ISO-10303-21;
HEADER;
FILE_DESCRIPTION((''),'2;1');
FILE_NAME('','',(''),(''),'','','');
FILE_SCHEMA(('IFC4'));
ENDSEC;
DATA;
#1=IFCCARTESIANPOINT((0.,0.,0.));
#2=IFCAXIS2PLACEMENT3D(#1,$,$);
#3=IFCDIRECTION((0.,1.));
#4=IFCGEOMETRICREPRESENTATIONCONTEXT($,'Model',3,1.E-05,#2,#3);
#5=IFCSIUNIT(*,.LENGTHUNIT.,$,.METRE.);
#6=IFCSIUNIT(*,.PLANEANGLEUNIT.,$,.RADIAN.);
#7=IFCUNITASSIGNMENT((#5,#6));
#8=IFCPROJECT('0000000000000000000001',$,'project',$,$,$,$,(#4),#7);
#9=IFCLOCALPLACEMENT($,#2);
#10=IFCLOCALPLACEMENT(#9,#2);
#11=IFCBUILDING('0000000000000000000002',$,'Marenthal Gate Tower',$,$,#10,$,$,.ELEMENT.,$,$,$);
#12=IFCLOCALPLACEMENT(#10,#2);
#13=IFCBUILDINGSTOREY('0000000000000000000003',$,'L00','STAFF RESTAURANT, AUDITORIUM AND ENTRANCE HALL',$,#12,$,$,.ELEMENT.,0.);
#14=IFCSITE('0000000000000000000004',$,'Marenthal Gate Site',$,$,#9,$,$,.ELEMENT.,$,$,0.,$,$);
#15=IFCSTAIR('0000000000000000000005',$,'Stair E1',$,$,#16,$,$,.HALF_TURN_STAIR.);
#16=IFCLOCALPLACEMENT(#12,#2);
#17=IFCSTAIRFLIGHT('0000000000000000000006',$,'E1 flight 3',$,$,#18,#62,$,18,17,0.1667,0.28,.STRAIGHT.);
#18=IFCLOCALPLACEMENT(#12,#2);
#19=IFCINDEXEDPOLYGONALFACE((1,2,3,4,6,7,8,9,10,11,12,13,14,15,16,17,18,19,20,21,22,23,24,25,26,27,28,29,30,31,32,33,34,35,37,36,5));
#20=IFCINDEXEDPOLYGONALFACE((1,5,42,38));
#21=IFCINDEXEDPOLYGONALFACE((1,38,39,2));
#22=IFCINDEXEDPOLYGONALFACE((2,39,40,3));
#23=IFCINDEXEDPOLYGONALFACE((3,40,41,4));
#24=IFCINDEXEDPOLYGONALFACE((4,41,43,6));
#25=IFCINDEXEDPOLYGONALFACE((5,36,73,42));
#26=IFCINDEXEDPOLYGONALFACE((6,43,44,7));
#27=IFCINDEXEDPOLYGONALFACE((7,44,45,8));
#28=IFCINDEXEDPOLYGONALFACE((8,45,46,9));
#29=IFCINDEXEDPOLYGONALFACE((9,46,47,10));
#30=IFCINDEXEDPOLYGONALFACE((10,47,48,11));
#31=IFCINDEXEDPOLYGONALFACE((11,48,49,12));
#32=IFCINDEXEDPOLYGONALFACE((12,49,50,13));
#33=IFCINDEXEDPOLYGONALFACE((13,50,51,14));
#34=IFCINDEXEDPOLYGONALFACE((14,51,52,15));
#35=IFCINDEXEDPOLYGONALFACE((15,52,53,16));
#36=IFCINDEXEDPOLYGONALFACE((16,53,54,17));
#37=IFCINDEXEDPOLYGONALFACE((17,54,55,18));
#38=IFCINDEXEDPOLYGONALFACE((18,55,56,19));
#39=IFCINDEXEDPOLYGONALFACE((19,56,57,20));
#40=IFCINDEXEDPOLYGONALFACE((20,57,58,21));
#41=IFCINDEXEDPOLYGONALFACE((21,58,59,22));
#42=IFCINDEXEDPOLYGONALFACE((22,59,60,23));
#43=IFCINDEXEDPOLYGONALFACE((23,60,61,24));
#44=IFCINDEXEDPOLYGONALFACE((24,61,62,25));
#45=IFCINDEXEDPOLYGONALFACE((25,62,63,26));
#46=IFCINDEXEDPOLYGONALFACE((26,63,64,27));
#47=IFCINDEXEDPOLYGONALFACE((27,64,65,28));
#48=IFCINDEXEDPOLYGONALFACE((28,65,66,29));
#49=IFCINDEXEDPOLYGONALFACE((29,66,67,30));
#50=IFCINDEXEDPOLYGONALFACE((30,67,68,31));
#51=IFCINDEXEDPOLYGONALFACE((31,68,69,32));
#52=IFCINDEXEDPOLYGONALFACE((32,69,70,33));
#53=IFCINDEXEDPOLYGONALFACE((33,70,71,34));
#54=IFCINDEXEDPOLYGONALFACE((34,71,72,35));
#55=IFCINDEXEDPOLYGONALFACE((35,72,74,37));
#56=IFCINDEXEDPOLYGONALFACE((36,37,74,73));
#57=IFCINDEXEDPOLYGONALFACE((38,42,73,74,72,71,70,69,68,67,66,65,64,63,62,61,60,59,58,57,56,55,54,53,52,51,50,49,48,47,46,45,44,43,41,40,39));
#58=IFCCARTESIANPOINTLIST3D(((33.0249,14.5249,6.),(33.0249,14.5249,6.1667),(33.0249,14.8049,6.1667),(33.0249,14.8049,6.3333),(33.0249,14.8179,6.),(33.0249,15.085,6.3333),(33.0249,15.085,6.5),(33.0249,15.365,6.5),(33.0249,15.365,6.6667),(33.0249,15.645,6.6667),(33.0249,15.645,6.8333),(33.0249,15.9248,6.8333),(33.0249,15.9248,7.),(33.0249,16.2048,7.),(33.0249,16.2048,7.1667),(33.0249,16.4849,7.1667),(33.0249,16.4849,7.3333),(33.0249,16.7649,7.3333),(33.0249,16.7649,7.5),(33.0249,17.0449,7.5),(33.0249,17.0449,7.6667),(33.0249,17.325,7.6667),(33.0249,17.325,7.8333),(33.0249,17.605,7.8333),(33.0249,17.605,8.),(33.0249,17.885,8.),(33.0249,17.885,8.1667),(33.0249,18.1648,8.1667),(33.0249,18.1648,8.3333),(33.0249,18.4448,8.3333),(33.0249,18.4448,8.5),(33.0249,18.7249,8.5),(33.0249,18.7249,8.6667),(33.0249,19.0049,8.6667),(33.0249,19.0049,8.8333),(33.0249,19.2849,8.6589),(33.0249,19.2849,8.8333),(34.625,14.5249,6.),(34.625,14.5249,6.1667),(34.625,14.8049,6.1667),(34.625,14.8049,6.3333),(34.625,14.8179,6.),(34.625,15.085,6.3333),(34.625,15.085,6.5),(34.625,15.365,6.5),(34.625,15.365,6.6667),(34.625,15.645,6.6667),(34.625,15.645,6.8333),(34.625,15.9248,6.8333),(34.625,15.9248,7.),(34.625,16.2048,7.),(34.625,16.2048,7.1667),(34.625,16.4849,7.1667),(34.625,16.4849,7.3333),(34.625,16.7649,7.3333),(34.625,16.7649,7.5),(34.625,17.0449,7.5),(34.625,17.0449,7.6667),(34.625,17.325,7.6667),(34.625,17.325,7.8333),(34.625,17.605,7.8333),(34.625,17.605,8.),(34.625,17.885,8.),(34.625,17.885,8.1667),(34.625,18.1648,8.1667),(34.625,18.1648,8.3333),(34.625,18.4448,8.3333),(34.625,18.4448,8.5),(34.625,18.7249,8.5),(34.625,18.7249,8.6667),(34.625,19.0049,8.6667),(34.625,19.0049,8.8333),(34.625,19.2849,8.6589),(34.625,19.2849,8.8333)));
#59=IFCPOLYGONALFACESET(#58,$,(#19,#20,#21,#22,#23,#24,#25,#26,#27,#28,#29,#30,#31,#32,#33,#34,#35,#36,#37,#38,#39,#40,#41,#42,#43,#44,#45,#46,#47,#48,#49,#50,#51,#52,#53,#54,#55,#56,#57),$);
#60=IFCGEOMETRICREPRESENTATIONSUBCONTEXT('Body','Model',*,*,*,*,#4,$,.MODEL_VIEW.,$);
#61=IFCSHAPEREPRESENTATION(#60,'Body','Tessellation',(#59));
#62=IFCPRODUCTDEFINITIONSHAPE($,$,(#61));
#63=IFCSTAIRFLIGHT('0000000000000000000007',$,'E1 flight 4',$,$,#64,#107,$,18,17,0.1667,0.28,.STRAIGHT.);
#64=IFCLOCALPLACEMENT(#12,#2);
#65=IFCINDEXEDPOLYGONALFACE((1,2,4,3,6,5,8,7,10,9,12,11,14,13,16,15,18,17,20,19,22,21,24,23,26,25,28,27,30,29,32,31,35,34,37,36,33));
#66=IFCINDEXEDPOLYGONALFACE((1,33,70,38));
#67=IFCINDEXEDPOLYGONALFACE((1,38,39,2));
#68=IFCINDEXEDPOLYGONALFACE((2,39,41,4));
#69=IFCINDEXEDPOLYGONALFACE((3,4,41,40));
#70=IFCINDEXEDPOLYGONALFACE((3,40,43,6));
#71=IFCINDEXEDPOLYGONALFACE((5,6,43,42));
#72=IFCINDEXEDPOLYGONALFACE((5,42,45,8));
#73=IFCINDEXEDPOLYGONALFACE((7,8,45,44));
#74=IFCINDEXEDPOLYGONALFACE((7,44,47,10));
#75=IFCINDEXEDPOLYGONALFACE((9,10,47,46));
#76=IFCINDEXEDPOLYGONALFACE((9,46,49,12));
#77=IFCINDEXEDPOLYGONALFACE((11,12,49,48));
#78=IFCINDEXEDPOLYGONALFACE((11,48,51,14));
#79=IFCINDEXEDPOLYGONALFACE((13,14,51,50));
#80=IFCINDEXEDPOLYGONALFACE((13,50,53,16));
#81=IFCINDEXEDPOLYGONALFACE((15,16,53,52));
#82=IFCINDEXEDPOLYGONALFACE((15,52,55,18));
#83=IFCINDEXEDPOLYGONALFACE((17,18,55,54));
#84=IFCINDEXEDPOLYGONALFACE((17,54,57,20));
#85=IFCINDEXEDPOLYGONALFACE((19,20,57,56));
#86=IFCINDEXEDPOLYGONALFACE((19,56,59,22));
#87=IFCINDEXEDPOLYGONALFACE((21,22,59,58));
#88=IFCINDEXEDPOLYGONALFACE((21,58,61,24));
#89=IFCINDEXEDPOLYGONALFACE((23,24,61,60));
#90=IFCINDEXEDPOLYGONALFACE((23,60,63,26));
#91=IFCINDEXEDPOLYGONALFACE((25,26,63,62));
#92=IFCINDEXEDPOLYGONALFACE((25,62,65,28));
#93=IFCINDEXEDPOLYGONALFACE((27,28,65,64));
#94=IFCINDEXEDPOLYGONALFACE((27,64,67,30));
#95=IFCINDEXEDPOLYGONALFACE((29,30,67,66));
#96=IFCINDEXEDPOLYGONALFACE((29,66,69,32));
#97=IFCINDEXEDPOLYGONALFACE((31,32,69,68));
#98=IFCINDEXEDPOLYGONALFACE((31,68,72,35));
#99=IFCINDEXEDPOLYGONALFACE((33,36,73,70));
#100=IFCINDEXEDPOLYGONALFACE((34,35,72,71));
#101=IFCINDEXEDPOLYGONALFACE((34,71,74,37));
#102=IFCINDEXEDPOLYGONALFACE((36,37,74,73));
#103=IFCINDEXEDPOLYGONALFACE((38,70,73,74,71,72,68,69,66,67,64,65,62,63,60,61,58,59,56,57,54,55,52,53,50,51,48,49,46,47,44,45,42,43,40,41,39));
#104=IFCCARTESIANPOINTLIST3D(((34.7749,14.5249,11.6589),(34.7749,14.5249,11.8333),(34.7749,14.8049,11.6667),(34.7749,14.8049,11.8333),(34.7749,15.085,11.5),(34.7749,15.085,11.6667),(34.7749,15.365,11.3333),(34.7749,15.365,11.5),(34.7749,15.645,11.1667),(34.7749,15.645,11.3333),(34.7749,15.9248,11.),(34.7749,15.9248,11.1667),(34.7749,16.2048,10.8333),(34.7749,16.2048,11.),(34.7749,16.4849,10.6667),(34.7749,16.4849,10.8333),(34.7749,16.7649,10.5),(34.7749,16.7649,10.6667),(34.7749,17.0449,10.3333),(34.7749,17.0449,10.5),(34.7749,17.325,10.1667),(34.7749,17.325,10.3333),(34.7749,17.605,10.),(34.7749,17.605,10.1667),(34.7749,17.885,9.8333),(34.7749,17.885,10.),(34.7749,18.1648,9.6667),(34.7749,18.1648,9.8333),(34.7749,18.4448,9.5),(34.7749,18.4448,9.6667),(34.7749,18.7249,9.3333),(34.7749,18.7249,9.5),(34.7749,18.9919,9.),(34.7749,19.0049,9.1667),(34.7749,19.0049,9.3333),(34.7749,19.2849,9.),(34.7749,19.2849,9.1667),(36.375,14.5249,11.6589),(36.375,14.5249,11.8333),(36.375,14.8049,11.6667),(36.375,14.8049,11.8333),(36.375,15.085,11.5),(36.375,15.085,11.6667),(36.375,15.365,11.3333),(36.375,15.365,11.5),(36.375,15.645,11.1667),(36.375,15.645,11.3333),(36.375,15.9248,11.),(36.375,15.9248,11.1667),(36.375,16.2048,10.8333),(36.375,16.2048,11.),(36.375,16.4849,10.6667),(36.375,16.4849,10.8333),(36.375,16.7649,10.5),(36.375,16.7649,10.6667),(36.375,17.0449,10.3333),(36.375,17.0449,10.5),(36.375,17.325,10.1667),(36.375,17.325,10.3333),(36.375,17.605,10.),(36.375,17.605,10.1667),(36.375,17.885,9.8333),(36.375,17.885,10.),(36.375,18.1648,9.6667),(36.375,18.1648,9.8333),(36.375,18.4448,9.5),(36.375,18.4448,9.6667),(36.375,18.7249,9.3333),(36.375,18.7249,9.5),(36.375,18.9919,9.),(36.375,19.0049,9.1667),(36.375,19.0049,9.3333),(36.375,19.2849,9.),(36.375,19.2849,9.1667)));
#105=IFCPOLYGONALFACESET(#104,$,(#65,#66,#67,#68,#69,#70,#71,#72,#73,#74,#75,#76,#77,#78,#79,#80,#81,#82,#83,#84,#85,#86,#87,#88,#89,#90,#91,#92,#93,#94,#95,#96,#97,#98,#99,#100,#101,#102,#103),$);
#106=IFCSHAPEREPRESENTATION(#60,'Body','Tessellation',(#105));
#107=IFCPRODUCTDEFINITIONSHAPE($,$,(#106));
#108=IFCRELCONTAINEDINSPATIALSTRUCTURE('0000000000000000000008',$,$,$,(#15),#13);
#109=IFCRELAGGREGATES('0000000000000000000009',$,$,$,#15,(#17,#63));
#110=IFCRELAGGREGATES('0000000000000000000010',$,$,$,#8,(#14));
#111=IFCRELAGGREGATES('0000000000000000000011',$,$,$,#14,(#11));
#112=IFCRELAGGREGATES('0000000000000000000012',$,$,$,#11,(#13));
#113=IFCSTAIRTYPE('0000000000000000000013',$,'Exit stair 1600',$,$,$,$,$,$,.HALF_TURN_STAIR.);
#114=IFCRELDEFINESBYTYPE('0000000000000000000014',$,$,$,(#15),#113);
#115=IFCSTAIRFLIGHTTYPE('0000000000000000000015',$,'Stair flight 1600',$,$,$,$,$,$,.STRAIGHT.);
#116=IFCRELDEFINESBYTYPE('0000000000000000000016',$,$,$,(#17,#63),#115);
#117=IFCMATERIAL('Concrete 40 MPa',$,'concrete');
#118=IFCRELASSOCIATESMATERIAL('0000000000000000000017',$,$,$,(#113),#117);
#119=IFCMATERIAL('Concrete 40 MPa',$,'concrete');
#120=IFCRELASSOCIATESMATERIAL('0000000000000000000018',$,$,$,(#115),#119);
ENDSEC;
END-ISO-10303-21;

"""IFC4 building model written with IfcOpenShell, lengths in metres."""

from ifc_helpers import new_model, si_unit, direction, frame, origin, place, context, subcontext, project, spatial, polyline, outline, extrude, material, type_object, element, aggregate, save


model = new_model("IFC4")

# Units and contexts
model_context = context("Model", 3, precision=1e-05, world=origin(), true_north=direction((0.0, 1.0)))
body_context = subcontext(model_context, "Body", "Model", "MODEL_VIEW")
ifc_project = project(units=[si_unit("LENGTHUNIT", "METRE"), si_unit("PLANEANGLEUNIT", "RADIAN")], contexts=[model_context])

# Site, building, storey
site_placement = place(None, origin())
site = spatial("IfcSite", under=ifc_project, at=site_placement, Name="Marenthal Gate Site", CompositionType="ELEMENT", RefElevation=0.0)
building_placement = place(site_placement, origin())
building = spatial("IfcBuilding", under=site, at=building_placement, Name="Marenthal Gate Tower", CompositionType="ELEMENT")
storey_placement = place(building_placement, origin())
storey = spatial("IfcBuildingStorey", under=building, at=storey_placement, Name="L00", Description="STAFF RESTAURANT, AUDITORIUM AND ENTRANCE HALL", CompositionType="ELEMENT", Elevation=0.0)

# Stair, stair flights
ifc_material_1 = material(Name="Concrete 40 MPa", Category="concrete")
stair_type = type_object("IfcStairType", Name="Exit stair 1600", PredefinedType="HALF_TURN_STAIR", material=ifc_material_1)
stair_placement = place(storey_placement, origin())
stair = element("IfcStair", 1, at=stair_placement, inside=storey, type_object=stair_type, Name="Stair E1", PredefinedType="HALF_TURN_STAIR")
ifc_material_2 = material(Name="Concrete 40 MPa", Category="concrete")
stair_flight_type = type_object("IfcStairFlightType", Name="Stair flight 1600", PredefinedType="STRAIGHT", material=ifc_material_2)
stair_flight_1_placement = place(storey_placement, frame((33.825, 14.5249, 6.0), z_axis=(0.0, 0.0, 1.0), x_axis=(0.0, 1.0, 0.0)))
stair_flight_1 = element("IfcStairFlight", 2, at=stair_flight_1_placement, type_object=stair_flight_type, Name="E1 flight 3", NumberOfRisers=18, NumberOfTreads=17, PredefinedType="STRAIGHT", RiserHeight=0.1667, TreadLength=0.28, context=body_context, shape_type="SweptSolid", body=[
    extrude(outline(polyline([(0.0, 0.0), (0.0, 0.1667), (0.28, 0.1667), (0.28, 0.3333), (0.5601, 0.3333), (0.5601, 0.5), (0.8401, 0.5), (0.8401, 0.6667), (1.1201, 0.6667), (1.1201, 0.8333), (1.3999, 0.8333), (1.3999, 1.0), (1.6799, 1.0), (1.6799, 1.1667), (1.96, 1.1667), (1.96, 1.3333), (2.24, 1.3333), (2.24, 1.5), (2.52, 1.5), (2.52, 1.6667), (2.8, 1.6667), (2.8, 1.8333), (3.0801, 1.8333), (3.0801, 2.0), (3.3601, 2.0), (3.3601, 2.1667), (3.6399, 2.1667), (3.6399, 2.3333), (3.9199, 2.3333), (3.9199, 2.5), (4.2, 2.5), (4.2, 2.6667), (4.48, 2.6667), (4.48, 2.8333), (4.76, 2.8333), (4.76, 3.0), (4.76, 2.6589), (0.293, 0.0), (0.0, 0.0)])), frame((0.0, 0.8, 0.0), z_axis=(0.0, -1.0, 0.0), x_axis=(1.0, 0.0, 0.0)), (0.0, 0.0, 1.0), 1.6001),
])
stair_flight_2_placement = place(storey_placement, frame((35.575, 19.2849, 9.0), z_axis=(0.0, 0.0, 1.0), x_axis=(0.0, -1.0, 0.0)))
stair_flight_2 = element("IfcStairFlight", 3, at=stair_flight_2_placement, type_object=stair_flight_type, Name="E1 flight 4", NumberOfRisers=18, NumberOfTreads=17, PredefinedType="STRAIGHT", RiserHeight=0.1667, TreadLength=0.28, context=body_context, shape_type="SweptSolid", body=[
    extrude(outline(polyline([(0.0, 0.0), (0.0, 0.1667), (0.28, 0.1667), (0.28, 0.3333), (0.5601, 0.3333), (0.5601, 0.5), (0.8401, 0.5), (0.8401, 0.6667), (1.1201, 0.6667), (1.1201, 0.8333), (1.3999, 0.8333), (1.3999, 1.0), (1.6799, 1.0), (1.6799, 1.1667), (1.96, 1.1667), (1.96, 1.3333), (2.24, 1.3333), (2.24, 1.5), (2.52, 1.5), (2.52, 1.6667), (2.8, 1.6667), (2.8, 1.8333), (3.0801, 1.8333), (3.0801, 2.0), (3.3601, 2.0), (3.3601, 2.1667), (3.6399, 2.1667), (3.6399, 2.3333), (3.9199, 2.3333), (3.9199, 2.5), (4.2, 2.5), (4.2, 2.6667), (4.48, 2.6667), (4.48, 2.8333), (4.76, 2.8333), (4.76, 3.0), (4.76, 2.6589), (0.293, 0.0), (0.0, 0.0)])), frame((0.0, 0.8, 0.0), z_axis=(0.0, -1.0, 0.0), x_axis=(1.0, 0.0, 0.0)), (0.0, 0.0, 1.0), 1.6001),
])
aggregate(stair, [stair_flight_1, stair_flight_2])

save(model, "model.ifc")
